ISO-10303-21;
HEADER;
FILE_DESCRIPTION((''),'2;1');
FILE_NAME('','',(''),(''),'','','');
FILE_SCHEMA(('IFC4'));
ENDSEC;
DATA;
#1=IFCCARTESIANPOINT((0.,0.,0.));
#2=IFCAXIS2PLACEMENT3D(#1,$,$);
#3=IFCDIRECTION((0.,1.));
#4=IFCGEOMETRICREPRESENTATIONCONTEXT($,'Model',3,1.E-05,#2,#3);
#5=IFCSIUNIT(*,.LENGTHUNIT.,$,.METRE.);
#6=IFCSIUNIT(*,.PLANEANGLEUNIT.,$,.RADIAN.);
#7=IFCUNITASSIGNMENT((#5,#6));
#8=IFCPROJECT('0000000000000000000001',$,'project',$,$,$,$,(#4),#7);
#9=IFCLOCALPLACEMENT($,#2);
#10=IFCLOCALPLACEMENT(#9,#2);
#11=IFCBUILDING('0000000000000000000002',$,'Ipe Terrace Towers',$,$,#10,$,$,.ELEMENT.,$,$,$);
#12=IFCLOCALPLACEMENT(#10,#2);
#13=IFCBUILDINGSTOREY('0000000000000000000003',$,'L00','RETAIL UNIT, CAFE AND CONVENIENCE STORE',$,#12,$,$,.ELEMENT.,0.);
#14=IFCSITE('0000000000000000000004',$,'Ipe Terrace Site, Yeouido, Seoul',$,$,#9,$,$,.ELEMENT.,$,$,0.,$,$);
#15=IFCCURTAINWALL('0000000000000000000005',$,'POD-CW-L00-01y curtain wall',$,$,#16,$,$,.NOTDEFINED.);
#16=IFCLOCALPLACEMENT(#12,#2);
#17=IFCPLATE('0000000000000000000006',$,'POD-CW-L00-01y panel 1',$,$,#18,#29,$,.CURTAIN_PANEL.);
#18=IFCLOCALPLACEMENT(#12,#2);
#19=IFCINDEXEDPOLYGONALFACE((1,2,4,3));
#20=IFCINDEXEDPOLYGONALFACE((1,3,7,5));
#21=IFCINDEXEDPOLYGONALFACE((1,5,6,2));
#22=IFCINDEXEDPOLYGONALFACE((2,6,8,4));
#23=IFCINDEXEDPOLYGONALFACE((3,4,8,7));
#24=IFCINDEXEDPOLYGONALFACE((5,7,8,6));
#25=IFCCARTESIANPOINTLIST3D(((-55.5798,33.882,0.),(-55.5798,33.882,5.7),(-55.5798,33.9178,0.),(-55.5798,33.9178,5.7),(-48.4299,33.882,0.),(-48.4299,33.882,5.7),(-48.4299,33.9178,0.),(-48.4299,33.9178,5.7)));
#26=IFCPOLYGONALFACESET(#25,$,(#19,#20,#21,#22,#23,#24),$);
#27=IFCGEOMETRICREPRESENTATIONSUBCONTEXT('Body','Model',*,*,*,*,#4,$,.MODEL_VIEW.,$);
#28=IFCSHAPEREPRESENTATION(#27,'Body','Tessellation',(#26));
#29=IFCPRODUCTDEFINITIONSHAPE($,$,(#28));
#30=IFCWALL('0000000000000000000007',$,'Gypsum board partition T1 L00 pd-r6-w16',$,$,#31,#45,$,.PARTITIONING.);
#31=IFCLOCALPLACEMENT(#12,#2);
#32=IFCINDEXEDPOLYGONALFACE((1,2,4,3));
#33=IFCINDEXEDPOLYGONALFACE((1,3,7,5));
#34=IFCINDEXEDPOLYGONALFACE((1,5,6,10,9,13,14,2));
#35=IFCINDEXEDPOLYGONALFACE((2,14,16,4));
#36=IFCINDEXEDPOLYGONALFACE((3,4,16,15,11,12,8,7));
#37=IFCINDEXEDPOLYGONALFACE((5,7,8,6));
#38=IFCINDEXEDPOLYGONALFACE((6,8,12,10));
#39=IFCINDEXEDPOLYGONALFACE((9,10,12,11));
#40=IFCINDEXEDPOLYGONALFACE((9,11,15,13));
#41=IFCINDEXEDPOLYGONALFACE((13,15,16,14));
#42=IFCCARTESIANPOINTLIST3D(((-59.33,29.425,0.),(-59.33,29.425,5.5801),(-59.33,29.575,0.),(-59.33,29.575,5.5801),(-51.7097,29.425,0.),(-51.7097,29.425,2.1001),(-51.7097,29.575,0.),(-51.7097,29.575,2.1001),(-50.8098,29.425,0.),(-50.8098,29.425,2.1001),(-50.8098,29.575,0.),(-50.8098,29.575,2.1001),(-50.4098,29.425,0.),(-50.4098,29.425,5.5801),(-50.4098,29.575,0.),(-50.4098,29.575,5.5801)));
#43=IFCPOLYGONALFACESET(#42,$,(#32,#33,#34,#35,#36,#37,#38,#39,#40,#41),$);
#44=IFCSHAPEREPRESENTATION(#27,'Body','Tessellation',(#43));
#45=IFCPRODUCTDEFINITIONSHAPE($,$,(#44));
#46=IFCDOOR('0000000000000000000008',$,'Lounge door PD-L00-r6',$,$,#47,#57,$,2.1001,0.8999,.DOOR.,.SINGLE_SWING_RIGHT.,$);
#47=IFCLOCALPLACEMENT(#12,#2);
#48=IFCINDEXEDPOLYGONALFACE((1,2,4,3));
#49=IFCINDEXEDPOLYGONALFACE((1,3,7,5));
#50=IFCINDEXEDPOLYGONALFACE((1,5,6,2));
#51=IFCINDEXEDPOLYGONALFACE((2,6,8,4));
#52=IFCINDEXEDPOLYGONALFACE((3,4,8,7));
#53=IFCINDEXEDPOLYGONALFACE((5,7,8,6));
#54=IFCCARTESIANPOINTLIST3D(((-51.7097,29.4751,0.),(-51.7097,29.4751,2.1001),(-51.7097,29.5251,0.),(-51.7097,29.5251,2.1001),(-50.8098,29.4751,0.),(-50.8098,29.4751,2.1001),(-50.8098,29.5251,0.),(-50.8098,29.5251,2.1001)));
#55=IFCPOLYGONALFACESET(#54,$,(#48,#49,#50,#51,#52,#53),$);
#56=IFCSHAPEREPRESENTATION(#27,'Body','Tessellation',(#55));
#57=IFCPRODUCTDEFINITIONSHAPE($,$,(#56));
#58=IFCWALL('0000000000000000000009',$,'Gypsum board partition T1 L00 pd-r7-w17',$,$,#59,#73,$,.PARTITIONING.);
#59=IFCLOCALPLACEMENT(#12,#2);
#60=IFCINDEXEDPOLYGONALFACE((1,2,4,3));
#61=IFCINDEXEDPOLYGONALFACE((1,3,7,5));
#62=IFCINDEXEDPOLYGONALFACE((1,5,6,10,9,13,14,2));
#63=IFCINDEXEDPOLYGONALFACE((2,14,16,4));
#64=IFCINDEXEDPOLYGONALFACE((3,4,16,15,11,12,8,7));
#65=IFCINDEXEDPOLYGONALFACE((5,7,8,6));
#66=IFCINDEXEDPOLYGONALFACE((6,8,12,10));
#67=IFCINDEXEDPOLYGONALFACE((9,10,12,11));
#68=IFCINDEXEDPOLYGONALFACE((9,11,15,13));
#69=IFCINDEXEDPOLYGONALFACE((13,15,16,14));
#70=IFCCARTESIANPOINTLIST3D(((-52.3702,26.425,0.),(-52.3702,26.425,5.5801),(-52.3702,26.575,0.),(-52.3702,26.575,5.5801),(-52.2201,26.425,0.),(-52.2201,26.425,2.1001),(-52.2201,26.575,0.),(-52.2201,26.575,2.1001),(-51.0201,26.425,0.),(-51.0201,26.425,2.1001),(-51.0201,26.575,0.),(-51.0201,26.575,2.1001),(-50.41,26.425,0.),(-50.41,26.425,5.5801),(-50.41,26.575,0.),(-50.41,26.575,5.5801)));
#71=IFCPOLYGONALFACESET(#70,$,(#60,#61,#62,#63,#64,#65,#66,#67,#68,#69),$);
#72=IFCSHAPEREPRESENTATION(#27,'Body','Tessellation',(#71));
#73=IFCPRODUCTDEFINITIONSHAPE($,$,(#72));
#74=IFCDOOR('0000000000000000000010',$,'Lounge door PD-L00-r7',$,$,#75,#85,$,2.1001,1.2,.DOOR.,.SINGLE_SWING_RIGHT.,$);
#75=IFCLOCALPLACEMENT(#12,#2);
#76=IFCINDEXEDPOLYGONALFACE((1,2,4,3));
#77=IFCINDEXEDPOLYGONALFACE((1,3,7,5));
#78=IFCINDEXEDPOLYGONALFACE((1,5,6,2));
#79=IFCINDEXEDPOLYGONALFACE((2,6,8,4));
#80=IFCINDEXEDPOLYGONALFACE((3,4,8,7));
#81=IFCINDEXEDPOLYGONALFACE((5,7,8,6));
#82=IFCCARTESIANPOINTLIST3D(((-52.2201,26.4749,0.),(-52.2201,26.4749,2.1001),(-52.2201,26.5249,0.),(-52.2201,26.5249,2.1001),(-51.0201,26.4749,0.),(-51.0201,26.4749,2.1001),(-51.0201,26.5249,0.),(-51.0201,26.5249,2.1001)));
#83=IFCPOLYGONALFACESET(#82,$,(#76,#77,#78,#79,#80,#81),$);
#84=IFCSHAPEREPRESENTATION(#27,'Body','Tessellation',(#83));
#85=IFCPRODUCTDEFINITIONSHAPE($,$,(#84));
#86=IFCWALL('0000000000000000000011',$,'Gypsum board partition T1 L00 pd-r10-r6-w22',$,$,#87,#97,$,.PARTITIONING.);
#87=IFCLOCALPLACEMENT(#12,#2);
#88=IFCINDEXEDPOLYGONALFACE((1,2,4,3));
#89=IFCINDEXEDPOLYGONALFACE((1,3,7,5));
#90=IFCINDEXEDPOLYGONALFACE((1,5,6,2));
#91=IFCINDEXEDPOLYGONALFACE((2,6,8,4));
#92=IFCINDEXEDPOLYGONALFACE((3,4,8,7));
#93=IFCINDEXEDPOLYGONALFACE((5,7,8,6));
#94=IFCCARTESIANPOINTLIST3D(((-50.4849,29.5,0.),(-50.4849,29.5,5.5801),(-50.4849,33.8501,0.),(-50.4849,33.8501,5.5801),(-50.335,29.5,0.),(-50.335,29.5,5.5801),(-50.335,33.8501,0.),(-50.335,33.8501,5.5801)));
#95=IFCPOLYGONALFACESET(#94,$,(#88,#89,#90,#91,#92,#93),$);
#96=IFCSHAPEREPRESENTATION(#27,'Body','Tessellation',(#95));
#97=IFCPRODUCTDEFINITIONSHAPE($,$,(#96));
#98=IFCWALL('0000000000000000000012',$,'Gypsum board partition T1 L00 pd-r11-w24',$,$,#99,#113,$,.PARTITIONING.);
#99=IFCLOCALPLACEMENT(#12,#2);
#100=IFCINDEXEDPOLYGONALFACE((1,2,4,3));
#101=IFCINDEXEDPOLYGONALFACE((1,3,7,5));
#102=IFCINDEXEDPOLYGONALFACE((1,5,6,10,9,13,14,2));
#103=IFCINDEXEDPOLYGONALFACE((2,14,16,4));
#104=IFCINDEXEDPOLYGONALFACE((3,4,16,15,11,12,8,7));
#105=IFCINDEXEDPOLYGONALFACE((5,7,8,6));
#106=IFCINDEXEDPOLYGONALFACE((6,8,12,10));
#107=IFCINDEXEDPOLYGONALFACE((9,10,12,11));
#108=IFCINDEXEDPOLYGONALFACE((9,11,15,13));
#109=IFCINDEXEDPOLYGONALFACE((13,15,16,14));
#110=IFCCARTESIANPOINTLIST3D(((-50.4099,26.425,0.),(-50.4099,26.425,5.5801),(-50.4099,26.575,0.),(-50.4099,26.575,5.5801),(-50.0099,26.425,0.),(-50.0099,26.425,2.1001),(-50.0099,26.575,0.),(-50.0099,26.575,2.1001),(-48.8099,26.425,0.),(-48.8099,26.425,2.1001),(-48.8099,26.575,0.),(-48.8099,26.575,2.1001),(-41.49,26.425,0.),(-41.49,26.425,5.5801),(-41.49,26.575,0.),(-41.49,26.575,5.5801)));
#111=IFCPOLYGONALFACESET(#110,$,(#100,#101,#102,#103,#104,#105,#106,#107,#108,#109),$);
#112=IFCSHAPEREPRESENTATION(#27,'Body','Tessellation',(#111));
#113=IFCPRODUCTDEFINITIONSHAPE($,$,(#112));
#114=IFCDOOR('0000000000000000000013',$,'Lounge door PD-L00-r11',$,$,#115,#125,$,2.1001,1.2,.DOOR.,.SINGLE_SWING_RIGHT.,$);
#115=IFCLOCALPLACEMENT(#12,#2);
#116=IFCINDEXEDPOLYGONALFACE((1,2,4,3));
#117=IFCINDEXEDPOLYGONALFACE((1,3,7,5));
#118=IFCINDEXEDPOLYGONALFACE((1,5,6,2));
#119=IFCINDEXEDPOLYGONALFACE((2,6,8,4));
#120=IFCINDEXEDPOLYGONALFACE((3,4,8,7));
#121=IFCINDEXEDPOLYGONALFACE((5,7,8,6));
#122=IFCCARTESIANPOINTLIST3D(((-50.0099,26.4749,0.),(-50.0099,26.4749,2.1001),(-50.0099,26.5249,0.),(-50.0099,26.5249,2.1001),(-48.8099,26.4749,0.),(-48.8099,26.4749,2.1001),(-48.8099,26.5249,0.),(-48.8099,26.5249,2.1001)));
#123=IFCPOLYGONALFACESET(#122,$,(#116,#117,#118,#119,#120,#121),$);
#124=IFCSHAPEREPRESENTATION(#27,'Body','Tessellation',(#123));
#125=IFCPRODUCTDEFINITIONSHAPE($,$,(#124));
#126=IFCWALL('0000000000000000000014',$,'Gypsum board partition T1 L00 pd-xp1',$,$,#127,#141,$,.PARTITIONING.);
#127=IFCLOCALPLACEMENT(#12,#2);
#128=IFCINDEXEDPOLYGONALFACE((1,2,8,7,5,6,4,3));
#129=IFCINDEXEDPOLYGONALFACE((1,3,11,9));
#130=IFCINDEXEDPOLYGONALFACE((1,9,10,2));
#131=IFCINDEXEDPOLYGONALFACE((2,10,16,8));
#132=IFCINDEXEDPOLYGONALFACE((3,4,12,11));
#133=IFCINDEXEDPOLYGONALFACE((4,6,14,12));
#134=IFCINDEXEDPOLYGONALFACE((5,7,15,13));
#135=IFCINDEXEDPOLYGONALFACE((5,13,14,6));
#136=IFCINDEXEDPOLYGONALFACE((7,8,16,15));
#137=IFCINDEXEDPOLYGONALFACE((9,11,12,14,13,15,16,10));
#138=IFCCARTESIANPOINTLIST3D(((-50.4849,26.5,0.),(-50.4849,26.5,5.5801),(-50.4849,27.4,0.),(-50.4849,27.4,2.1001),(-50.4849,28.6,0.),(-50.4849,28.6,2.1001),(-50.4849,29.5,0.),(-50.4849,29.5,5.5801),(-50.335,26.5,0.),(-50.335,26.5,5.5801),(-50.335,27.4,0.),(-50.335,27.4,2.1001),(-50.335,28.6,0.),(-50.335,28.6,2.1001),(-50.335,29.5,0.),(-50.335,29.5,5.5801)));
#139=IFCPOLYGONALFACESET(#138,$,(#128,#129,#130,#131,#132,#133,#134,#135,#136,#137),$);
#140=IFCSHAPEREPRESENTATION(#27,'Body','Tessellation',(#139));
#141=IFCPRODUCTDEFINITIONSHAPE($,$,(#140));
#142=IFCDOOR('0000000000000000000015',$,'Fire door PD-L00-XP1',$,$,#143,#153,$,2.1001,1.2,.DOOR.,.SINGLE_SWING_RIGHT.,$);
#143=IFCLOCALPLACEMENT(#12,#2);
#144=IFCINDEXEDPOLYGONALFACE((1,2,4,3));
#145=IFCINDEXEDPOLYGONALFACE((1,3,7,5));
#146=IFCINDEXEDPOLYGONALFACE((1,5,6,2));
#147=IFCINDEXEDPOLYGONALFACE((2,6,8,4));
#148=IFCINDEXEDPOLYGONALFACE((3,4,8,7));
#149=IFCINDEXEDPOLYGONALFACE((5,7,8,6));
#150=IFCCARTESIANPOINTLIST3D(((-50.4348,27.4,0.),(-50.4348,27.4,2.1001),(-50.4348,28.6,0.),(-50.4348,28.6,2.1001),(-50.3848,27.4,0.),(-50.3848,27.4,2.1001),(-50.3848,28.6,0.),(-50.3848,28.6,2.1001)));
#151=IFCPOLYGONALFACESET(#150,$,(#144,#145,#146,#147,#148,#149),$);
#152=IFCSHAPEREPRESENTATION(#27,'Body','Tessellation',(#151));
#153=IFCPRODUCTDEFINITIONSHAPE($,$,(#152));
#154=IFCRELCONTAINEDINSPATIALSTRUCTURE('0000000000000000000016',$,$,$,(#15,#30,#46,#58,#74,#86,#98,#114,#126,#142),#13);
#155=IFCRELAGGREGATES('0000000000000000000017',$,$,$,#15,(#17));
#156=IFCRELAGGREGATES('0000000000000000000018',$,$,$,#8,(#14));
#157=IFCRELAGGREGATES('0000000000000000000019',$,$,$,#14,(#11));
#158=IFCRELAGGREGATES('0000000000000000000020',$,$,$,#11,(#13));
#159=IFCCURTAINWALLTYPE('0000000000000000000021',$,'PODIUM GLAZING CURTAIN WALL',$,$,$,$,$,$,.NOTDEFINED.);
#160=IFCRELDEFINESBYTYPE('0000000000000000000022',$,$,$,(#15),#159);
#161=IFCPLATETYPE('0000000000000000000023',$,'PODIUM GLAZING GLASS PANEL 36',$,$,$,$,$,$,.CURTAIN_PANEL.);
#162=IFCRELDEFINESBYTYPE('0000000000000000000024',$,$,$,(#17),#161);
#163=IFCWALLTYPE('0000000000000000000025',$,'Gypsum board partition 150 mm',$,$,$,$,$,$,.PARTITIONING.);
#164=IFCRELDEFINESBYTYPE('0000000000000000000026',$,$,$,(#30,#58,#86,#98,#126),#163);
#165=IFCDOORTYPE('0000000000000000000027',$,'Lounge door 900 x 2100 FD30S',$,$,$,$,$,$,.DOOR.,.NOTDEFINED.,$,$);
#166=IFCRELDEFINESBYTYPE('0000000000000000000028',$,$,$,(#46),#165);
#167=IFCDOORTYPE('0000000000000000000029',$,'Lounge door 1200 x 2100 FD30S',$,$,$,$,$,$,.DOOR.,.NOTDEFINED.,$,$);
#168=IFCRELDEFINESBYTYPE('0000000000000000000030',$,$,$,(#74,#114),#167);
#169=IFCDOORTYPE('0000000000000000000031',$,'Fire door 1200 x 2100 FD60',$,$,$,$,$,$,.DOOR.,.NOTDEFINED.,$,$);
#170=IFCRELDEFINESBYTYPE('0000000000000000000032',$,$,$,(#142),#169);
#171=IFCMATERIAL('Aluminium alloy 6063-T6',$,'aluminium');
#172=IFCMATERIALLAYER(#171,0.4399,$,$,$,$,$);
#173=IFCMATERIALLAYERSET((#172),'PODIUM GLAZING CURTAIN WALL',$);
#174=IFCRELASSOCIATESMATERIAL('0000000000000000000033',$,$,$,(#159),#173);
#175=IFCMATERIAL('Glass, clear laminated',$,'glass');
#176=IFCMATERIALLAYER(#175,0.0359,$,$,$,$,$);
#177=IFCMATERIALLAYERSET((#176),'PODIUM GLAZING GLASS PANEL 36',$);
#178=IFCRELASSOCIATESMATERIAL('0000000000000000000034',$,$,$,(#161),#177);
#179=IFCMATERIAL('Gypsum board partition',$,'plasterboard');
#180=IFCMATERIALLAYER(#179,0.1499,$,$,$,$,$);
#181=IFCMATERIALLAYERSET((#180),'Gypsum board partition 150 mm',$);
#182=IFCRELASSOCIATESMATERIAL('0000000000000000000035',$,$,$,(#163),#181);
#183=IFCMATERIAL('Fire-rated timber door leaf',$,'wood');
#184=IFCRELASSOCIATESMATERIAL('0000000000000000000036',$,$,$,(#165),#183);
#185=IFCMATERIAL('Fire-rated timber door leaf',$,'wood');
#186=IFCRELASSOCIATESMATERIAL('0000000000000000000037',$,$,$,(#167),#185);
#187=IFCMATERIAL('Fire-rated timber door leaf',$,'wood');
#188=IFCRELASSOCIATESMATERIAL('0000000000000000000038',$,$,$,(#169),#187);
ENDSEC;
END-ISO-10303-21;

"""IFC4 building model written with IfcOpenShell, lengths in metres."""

from ifc_helpers import new_model, si_unit, direction, frame, frame_2d, origin, origin_2d, place, context, subcontext, project, spatial, rectangle, extrude, material, layer, layer_set, type_object, element, fill, aggregate, save


model = new_model("IFC4")

# Units and contexts
model_context = context("Model", 3, precision=1e-05, world=origin(), true_north=direction((0.0, 1.0)))
body_context = subcontext(model_context, "Body", "Model", "MODEL_VIEW")
ifc_project = project(units=[si_unit("LENGTHUNIT", "METRE"), si_unit("PLANEANGLEUNIT", "RADIAN")], contexts=[model_context])

# Site, building, storey
site_placement = place(None, origin())
site = spatial("IfcSite", under=ifc_project, at=site_placement, Name="Ipe Terrace Site, Yeouido, Seoul", CompositionType="ELEMENT", RefElevation=0.0)
building_placement = place(site_placement, origin())
building = spatial("IfcBuilding", under=site, at=building_placement, Name="Ipe Terrace Towers", CompositionType="ELEMENT")
storey_placement = place(building_placement, origin())
storey = spatial("IfcBuildingStorey", under=building, at=storey_placement, Name="L00", Description="RETAIL UNIT, CAFE AND CONVENIENCE STORE", CompositionType="ELEMENT", Elevation=0.0)

# Curtain wall, plate
ifc_material_1 = material(Name="Aluminium alloy 6063-T6", Category="aluminium")
ifc_layer_1 = layer(ifc_material_1, 0.4399)
ifc_layer_set_1 = layer_set([ifc_layer_1], Name="PODIUM GLAZING CURTAIN WALL")
curtain_wall_type = type_object("IfcCurtainWallType", Name="PODIUM GLAZING CURTAIN WALL", PredefinedType="NOTDEFINED", material=ifc_layer_set_1)
curtain_wall_placement = place(storey_placement, origin())
curtain_wall = element("IfcCurtainWall", 1, at=curtain_wall_placement, inside=storey, type_object=curtain_wall_type, Name="POD-CW-L00-01y curtain wall", PredefinedType="NOTDEFINED")
ifc_material_2 = material(Name="Glass, clear laminated", Category="glass")
ifc_layer_2 = layer(ifc_material_2, 0.0359)
ifc_layer_set_2 = layer_set([ifc_layer_2], Name="PODIUM GLAZING GLASS PANEL 36")
plate_type = type_object("IfcPlateType", Name="PODIUM GLAZING GLASS PANEL 36", PredefinedType="CURTAIN_PANEL", material=ifc_layer_set_2)
plate_placement = place(storey_placement, frame((-52.0049, 33.8999, 0.0), z_axis=(0.0, 0.0, 1.0), x_axis=(-1.0, 0.0, 0.0)))
plate = element("IfcPlate", 2, at=plate_placement, type_object=plate_type, Name="POD-CW-L00-01y panel 1", PredefinedType="CURTAIN_PANEL", context=body_context, shape_type="SweptSolid", body=[
    extrude(rectangle(XDim=7.1499, YDim=0.0359, at=origin_2d()), origin(), (0.0, 0.0, 1.0), 5.7),
])
aggregate(curtain_wall, [plate])

# Walls, openings, doors
ifc_material_3 = material(Name="Gypsum board partition", Category="plasterboard")
ifc_layer_3 = layer(ifc_material_3, 0.1499)
ifc_layer_set_3 = layer_set([ifc_layer_3], Name="Gypsum board partition 150 mm")
wall_type = type_object("IfcWallType", Name="Gypsum board partition 150 mm", PredefinedType="PARTITIONING", material=ifc_layer_set_3)
wall_1_placement = place(storey_placement, frame((-50.4099, 29.5, 0.0), z_axis=(0.0, 0.0, 1.0), x_axis=(-1.0, 0.0, 0.0)))
wall_1 = element("IfcWall", 3, at=wall_1_placement, inside=storey, type_object=wall_type, Name="Gypsum board partition T1 L00 pd-r6-w16", PredefinedType="PARTITIONING", context=body_context, shape_type="SweptSolid", body=[
    extrude(rectangle(XDim=8.9202, YDim=0.1499, at=frame_2d((4.46, 0.0))), origin(), (0.0, 0.0, 1.0), 5.5801),
])
opening_1_placement = place(wall_1_placement, frame((0.3999, 0.0, 0.0)))
opening_1 = element("IfcOpeningElement", 4, at=opening_1_placement, cuts=wall_1, PredefinedType="OPENING", context=body_context, shape_type="SweptSolid", body=[
    extrude(rectangle(XDim=0.8999, YDim=2.1001, at=frame_2d((0.45, 1.05))), frame((0.0, 0.085, 0.0), z_axis=(0.0, -1.0, 0.0), x_axis=(1.0, 0.0, 0.0)), (0.0, 0.0, 1.0), 0.1699),
])
ifc_material_4 = material(Name="Fire-rated timber door leaf", Category="wood")
door_type_1 = type_object("IfcDoorType", Name="Lounge door 900 x 2100 FD30S", OperationType="NOTDEFINED", PredefinedType="DOOR", material=ifc_material_4)
door_1_placement = place(opening_1_placement, origin())
door_1 = element("IfcDoor", 5, at=door_1_placement, inside=storey, type_object=door_type_1, Name="Lounge door PD-L00-r6", OperationType="SINGLE_SWING_RIGHT", OverallHeight=2.1001, OverallWidth=0.8999, PredefinedType="DOOR", context=body_context, shape_type="SweptSolid", body=[
    extrude(rectangle(XDim=0.8999, YDim=2.1001, at=frame_2d((0.45, 1.05))), frame((0.0, 0.0249, 0.0), z_axis=(0.0, -1.0, 0.0), x_axis=(1.0, 0.0, 0.0)), (0.0, 0.0, 1.0), 0.05),
])
fill(opening_1, door_1)
wall_2_placement = place(storey_placement, frame((-52.3701, 26.5, 0.0), z_axis=(0.0, 0.0, 1.0), x_axis=(1.0, 0.0, 0.0)))
wall_2 = element("IfcWall", 6, at=wall_2_placement, inside=storey, type_object=wall_type, Name="Gypsum board partition T1 L00 pd-r7-w17", PredefinedType="PARTITIONING", context=body_context, shape_type="SweptSolid", body=[
    extrude(rectangle(XDim=1.9602, YDim=0.1499, at=frame_2d((0.98, 0.0))), origin(), (0.0, 0.0, 1.0), 5.5801),
])
opening_2_placement = place(wall_2_placement, frame((0.1499, 0.0, 0.0)))
opening_2 = element("IfcOpeningElement", 7, at=opening_2_placement, cuts=wall_2, PredefinedType="OPENING", context=body_context, shape_type="SweptSolid", body=[
    extrude(rectangle(XDim=1.2, YDim=2.1001, at=frame_2d((0.6001, 1.05))), frame((0.0, 0.085, 0.0), z_axis=(0.0, -1.0, 0.0), x_axis=(1.0, 0.0, 0.0)), (0.0, 0.0, 1.0), 0.1699),
])
ifc_material_5 = material(Name="Fire-rated timber door leaf", Category="wood")
door_type_2 = type_object("IfcDoorType", Name="Lounge door 1200 x 2100 FD30S", OperationType="NOTDEFINED", PredefinedType="DOOR", material=ifc_material_5)
door_2_placement = place(opening_2_placement, origin())
door_2 = element("IfcDoor", 8, at=door_2_placement, inside=storey, type_object=door_type_2, Name="Lounge door PD-L00-r7", OperationType="SINGLE_SWING_RIGHT", OverallHeight=2.1001, OverallWidth=1.2, PredefinedType="DOOR", context=body_context, shape_type="SweptSolid", body=[
    extrude(rectangle(XDim=1.2, YDim=2.1001, at=frame_2d((0.6001, 1.05))), frame((0.0, 0.0249, 0.0), z_axis=(0.0, -1.0, 0.0), x_axis=(1.0, 0.0, 0.0)), (0.0, 0.0, 1.0), 0.05),
])
fill(opening_2, door_2)

# Wall
wall_3_placement = place(storey_placement, frame((-50.4099, 29.5, 0.0), z_axis=(0.0, 0.0, 1.0), x_axis=(0.0, 1.0, 0.0)))
element("IfcWall", 9, at=wall_3_placement, inside=storey, type_object=wall_type, Name="Gypsum board partition T1 L00 pd-r10-r6-w22", PredefinedType="PARTITIONING", context=body_context, shape_type="SweptSolid", body=[
    extrude(rectangle(XDim=4.3501, YDim=0.1499, at=frame_2d((2.175, 0.0))), origin(), (0.0, 0.0, 1.0), 5.5801),
])

# Walls, openings, doors
wall_4_placement = place(storey_placement, frame((-50.4099, 26.5, 0.0), z_axis=(0.0, 0.0, 1.0), x_axis=(1.0, 0.0, 0.0)))
wall_4 = element("IfcWall", 10, at=wall_4_placement, inside=storey, type_object=wall_type, Name="Gypsum board partition T1 L00 pd-r11-w24", PredefinedType="PARTITIONING", context=body_context, shape_type="SweptSolid", body=[
    extrude(rectangle(XDim=8.9199, YDim=0.1499, at=frame_2d((4.46, 0.0))), origin(), (0.0, 0.0, 1.0), 5.5801),
])
opening_3_placement = place(wall_4_placement, frame((0.3999, 0.0, 0.0)))
opening_3 = element("IfcOpeningElement", 11, at=opening_3_placement, cuts=wall_4, PredefinedType="OPENING", context=body_context, shape_type="SweptSolid", body=[
    extrude(rectangle(XDim=1.2, YDim=2.1001, at=frame_2d((0.6001, 1.05))), frame((0.0, 0.085, 0.0), z_axis=(0.0, -1.0, 0.0), x_axis=(1.0, 0.0, 0.0)), (0.0, 0.0, 1.0), 0.1699),
])
door_3_placement = place(opening_3_placement, origin())
door_3 = element("IfcDoor", 12, at=door_3_placement, inside=storey, type_object=door_type_2, Name="Lounge door PD-L00-r11", OperationType="SINGLE_SWING_RIGHT", OverallHeight=2.1001, OverallWidth=1.2, PredefinedType="DOOR", context=body_context, shape_type="SweptSolid", body=[
    extrude(rectangle(XDim=1.2, YDim=2.1001, at=frame_2d((0.6001, 1.05))), frame((0.0, 0.0249, 0.0), z_axis=(0.0, -1.0, 0.0), x_axis=(1.0, 0.0, 0.0)), (0.0, 0.0, 1.0), 0.05),
])
fill(opening_3, door_3)
wall_5_placement = place(storey_placement, frame((-50.4099, 26.5, 0.0), z_axis=(0.0, 0.0, 1.0), x_axis=(0.0, 1.0, 0.0)))
wall_5 = element("IfcWall", 13, at=wall_5_placement, inside=storey, type_object=wall_type, Name="Gypsum board partition T1 L00 pd-xp1", PredefinedType="PARTITIONING", context=body_context, shape_type="SweptSolid", body=[
    extrude(rectangle(XDim=3.0, YDim=0.1499, at=frame_2d((1.5, 0.0))), origin(), (0.0, 0.0, 1.0), 5.5801),
])
opening_4_placement = place(wall_5_placement, frame((0.8999, 0.0, 0.0)))
opening_4 = element("IfcOpeningElement", 14, at=opening_4_placement, cuts=wall_5, PredefinedType="OPENING", context=body_context, shape_type="SweptSolid", body=[
    extrude(rectangle(XDim=1.2, YDim=2.1001, at=frame_2d((0.6001, 1.05))), frame((0.0, 0.085, 0.0), z_axis=(0.0, -1.0, 0.0), x_axis=(1.0, 0.0, 0.0)), (0.0, 0.0, 1.0), 0.1699),
])
ifc_material_6 = material(Name="Fire-rated timber door leaf", Category="wood")
door_type_3 = type_object("IfcDoorType", Name="Fire door 1200 x 2100 FD60", OperationType="NOTDEFINED", PredefinedType="DOOR", material=ifc_material_6)
door_4_placement = place(opening_4_placement, origin())
door_4 = element("IfcDoor", 15, at=door_4_placement, inside=storey, type_object=door_type_3, Name="Fire door PD-L00-XP1", OperationType="SINGLE_SWING_RIGHT", OverallHeight=2.1001, OverallWidth=1.2, PredefinedType="DOOR", context=body_context, shape_type="SweptSolid", body=[
    extrude(rectangle(XDim=1.2, YDim=2.1001, at=frame_2d((0.6001, 1.05))), frame((0.0, 0.0249, 0.0), z_axis=(0.0, -1.0, 0.0), x_axis=(1.0, 0.0, 0.0)), (0.0, 0.0, 1.0), 0.05),
])
fill(opening_4, door_4)

save(model, "model.ifc")
